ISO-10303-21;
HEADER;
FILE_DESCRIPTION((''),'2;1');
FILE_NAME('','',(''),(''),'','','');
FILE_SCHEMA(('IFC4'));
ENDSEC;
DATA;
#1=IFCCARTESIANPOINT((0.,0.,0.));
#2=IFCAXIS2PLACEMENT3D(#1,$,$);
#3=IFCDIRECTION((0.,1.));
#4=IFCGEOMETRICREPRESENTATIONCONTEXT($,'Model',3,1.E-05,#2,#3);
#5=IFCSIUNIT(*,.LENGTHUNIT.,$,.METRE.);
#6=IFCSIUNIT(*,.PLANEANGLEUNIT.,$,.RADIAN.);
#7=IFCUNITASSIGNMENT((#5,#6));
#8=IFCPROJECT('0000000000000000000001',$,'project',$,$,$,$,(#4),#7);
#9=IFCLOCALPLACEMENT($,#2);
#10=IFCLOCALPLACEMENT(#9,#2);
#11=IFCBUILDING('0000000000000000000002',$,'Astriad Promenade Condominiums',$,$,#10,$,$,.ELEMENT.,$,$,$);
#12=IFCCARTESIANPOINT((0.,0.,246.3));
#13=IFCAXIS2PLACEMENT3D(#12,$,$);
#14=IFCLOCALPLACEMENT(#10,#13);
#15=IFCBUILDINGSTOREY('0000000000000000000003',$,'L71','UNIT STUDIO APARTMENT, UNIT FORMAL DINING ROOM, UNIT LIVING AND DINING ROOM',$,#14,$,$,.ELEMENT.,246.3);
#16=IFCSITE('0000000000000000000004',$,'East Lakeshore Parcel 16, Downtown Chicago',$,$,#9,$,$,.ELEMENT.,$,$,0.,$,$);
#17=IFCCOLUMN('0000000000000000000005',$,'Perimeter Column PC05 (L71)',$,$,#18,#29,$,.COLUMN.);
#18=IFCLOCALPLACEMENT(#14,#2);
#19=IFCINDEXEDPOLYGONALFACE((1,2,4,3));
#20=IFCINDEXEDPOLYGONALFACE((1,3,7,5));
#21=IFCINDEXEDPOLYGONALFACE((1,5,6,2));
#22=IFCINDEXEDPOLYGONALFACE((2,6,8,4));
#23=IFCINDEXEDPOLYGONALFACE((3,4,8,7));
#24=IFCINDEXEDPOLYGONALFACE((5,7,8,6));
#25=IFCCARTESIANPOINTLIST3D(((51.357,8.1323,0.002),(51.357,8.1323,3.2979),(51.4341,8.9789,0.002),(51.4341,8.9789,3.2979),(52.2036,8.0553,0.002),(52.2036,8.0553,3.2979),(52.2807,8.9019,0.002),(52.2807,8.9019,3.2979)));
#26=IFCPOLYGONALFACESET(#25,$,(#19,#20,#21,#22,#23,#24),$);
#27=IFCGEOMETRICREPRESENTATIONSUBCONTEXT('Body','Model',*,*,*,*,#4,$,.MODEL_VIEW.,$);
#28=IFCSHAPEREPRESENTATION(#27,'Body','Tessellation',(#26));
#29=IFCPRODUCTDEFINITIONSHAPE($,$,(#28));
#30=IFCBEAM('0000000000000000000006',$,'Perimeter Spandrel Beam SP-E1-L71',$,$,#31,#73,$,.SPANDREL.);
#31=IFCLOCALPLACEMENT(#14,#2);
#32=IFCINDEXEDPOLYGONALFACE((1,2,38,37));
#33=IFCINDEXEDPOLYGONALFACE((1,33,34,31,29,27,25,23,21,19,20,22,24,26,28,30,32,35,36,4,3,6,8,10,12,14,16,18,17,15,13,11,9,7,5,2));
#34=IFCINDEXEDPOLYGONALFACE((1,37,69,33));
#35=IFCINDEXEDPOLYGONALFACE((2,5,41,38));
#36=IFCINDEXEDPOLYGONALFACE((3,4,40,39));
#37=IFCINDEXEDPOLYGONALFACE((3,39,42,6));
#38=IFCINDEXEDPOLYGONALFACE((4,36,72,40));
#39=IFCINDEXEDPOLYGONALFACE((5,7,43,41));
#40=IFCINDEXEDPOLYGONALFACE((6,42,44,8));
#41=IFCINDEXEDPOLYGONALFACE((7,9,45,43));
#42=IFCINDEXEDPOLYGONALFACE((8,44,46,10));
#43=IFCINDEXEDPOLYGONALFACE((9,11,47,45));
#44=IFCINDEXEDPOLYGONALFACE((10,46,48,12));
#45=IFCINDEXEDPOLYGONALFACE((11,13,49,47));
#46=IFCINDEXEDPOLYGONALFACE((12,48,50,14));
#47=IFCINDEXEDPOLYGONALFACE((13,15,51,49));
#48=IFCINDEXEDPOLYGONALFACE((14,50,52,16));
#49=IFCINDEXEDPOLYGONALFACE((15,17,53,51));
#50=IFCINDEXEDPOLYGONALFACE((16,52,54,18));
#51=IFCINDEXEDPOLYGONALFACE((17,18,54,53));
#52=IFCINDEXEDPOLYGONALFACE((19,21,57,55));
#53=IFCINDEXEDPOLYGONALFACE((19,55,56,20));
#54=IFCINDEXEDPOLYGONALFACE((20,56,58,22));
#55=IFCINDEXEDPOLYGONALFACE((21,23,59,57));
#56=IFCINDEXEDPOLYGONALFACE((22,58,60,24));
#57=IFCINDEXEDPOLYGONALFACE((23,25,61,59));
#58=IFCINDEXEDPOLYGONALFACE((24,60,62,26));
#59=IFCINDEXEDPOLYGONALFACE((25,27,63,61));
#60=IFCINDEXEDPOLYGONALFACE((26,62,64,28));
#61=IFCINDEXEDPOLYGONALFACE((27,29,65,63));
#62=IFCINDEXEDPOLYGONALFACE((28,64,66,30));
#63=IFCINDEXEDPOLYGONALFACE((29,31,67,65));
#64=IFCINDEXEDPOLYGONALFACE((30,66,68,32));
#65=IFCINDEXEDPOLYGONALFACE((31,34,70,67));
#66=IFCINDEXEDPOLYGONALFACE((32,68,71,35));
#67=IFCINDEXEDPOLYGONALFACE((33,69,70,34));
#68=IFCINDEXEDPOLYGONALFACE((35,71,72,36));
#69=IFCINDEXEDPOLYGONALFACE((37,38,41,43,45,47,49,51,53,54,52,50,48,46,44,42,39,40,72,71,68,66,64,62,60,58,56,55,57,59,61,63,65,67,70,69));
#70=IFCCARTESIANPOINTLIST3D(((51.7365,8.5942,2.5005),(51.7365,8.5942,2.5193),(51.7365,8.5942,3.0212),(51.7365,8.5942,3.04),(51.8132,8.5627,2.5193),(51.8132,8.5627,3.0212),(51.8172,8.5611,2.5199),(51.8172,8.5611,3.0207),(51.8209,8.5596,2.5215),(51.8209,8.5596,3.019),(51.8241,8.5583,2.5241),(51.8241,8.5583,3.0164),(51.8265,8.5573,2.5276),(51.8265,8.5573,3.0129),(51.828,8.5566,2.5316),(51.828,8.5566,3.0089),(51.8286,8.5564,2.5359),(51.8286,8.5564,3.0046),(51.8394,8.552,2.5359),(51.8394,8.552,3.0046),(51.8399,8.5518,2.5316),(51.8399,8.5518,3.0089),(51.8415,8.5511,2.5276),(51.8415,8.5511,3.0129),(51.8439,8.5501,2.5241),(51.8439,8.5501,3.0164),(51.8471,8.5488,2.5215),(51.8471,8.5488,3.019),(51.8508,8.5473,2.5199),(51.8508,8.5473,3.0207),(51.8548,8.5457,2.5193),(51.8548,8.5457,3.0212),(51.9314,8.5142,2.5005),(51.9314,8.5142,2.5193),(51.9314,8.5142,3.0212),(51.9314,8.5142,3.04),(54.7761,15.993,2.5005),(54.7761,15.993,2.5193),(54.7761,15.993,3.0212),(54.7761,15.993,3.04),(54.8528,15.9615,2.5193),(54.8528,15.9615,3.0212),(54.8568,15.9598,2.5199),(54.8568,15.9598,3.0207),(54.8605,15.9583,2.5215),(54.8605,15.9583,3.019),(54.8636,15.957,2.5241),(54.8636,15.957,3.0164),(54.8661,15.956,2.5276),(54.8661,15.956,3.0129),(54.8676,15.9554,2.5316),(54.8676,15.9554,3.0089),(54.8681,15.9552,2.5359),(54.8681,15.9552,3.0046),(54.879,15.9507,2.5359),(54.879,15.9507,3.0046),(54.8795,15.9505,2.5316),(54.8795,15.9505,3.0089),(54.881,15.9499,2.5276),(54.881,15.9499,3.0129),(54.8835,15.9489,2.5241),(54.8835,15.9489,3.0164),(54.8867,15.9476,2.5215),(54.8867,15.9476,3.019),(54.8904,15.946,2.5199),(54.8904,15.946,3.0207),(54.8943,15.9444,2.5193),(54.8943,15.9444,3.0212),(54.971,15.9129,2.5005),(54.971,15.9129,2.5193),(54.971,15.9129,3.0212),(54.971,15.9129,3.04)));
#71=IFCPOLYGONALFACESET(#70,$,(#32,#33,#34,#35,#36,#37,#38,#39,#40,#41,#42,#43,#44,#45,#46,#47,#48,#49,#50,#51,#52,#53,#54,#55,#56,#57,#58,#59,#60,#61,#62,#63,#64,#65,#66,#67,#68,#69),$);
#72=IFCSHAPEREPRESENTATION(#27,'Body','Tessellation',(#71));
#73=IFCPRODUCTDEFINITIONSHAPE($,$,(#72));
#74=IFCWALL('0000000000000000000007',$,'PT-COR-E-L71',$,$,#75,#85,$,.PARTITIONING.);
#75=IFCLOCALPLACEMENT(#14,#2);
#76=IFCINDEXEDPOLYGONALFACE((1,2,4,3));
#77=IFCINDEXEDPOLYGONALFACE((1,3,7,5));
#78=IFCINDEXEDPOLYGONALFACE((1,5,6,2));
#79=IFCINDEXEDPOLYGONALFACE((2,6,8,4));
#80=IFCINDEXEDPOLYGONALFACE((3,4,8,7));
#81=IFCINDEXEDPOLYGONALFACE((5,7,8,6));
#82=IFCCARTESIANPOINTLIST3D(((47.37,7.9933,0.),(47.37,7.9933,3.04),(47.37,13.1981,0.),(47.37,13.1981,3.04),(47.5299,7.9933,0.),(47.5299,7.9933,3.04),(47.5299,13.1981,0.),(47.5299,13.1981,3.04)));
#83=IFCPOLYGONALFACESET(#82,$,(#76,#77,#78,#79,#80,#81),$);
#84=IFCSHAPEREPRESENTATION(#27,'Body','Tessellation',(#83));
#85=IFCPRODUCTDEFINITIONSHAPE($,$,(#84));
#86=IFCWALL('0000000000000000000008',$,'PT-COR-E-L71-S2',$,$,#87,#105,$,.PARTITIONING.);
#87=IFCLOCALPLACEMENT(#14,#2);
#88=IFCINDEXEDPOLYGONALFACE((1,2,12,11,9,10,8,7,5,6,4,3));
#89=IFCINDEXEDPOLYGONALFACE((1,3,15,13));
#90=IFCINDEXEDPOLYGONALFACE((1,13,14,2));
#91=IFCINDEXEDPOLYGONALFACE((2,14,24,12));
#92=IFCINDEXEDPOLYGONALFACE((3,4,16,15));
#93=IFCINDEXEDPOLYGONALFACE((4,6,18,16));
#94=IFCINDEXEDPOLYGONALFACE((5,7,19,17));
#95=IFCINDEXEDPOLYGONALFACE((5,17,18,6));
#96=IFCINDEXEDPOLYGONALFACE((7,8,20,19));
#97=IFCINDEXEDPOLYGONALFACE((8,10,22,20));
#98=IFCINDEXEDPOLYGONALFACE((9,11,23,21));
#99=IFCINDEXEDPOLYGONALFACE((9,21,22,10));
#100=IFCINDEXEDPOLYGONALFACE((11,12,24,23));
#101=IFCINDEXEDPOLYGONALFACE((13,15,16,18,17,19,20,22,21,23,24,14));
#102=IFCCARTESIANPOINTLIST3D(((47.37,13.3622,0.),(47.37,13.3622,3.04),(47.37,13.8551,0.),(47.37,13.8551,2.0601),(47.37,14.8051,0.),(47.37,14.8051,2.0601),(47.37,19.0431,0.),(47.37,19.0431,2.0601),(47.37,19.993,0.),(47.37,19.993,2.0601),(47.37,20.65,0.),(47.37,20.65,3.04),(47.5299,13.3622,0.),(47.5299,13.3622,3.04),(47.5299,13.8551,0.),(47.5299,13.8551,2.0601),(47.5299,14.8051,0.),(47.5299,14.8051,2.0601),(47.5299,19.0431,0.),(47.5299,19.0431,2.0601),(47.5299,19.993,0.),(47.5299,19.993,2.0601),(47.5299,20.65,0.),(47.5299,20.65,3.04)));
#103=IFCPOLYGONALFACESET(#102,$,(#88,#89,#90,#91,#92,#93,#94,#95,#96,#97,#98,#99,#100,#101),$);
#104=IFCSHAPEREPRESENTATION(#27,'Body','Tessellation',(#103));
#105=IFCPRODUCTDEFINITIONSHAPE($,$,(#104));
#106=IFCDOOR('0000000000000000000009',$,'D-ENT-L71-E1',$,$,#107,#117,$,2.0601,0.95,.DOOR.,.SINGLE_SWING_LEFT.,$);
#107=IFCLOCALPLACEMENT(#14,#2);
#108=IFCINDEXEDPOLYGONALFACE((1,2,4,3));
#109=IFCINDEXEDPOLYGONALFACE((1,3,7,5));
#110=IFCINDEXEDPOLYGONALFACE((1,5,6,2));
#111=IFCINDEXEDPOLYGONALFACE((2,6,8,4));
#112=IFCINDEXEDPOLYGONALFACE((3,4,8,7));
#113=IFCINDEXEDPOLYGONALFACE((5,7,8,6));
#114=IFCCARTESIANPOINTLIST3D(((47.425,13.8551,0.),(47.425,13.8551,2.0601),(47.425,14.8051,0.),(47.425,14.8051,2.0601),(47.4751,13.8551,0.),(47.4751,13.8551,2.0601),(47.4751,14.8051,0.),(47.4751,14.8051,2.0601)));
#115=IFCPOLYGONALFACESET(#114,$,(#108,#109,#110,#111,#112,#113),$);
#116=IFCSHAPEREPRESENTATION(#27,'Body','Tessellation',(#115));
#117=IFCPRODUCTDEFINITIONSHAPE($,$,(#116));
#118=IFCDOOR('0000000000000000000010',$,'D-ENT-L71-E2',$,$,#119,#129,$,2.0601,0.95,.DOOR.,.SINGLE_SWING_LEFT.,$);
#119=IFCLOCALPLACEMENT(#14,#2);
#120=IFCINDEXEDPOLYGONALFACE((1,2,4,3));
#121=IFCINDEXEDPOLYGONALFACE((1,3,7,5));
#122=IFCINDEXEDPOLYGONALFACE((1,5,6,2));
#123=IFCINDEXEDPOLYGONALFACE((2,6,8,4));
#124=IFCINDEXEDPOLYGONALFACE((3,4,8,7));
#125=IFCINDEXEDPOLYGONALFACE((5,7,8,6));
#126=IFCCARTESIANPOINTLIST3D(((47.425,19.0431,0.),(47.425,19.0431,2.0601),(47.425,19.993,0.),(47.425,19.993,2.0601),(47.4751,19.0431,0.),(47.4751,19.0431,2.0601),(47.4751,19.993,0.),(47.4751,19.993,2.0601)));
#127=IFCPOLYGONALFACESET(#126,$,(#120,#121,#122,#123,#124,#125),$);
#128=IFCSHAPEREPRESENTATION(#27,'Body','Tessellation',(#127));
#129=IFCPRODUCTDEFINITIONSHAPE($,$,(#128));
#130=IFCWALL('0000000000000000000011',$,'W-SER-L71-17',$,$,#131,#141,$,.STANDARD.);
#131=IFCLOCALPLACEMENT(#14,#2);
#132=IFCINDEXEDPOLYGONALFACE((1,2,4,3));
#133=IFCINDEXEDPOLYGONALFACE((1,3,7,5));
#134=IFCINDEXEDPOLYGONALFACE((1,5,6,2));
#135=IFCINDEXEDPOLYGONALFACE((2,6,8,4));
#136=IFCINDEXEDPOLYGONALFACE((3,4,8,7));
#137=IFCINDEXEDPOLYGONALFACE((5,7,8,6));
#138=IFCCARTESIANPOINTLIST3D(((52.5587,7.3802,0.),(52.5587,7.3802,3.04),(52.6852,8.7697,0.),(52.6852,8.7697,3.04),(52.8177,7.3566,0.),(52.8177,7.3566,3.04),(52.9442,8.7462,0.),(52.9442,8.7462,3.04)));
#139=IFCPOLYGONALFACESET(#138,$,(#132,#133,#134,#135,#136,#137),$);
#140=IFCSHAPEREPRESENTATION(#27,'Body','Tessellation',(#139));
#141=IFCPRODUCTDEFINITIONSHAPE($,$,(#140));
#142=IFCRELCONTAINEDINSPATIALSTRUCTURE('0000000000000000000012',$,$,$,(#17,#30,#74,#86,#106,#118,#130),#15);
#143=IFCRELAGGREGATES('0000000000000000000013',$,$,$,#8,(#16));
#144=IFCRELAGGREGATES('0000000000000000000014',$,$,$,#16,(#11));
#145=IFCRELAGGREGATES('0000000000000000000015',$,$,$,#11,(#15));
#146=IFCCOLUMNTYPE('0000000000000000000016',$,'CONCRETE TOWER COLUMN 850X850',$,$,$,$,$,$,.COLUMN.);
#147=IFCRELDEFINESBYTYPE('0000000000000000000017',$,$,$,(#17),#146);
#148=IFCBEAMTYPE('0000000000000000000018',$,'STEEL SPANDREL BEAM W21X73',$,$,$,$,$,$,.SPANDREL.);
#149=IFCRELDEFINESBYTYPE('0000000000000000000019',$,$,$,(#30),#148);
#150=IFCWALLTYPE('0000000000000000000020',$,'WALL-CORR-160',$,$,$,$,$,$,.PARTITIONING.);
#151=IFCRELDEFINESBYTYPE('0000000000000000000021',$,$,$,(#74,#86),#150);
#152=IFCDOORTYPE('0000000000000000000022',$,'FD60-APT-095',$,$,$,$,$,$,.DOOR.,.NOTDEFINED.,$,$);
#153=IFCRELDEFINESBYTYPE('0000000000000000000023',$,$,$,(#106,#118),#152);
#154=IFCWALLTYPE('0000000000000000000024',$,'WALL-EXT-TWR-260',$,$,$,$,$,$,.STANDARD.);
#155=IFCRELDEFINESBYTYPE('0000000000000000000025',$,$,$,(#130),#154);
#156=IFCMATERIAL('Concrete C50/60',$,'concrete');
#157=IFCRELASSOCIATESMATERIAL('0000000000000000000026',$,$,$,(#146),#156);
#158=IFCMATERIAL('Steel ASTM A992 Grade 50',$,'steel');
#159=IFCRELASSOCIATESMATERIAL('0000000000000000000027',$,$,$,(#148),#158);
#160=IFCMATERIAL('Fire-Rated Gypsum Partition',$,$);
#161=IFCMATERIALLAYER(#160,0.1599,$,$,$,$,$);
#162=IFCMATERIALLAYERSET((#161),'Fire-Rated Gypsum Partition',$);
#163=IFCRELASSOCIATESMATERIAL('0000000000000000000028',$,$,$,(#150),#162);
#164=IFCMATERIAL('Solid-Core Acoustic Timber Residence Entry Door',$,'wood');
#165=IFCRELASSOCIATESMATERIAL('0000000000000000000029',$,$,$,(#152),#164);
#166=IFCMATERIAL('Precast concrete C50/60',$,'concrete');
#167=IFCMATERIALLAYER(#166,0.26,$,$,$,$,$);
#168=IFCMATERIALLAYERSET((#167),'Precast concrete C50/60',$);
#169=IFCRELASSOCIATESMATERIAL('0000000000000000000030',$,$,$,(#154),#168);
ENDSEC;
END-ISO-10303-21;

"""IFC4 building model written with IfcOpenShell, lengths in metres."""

from ifc_helpers import new_model, si_unit, direction, frame, frame_2d, origin, origin_2d, place, context, subcontext, project, spatial, rectangle, i_section, extrude, source, transform, mapped, material, layer, layer_set, material_profile, profile_set, type_object, type_shapes, element, fill, save


model = new_model("IFC4")

# Units and contexts
model_context = context("Model", 3, precision=1e-05, world=origin(), true_north=direction((0.0, 1.0)))
body_context = subcontext(model_context, "Body", "Model", "MODEL_VIEW")
ifc_project = project(units=[si_unit("LENGTHUNIT", "METRE"), si_unit("PLANEANGLEUNIT", "RADIAN")], contexts=[model_context])

# Site, building, storey
site_placement = place(None, origin())
site = spatial("IfcSite", under=ifc_project, at=site_placement, Name="East Lakeshore Parcel 16, Downtown Chicago", CompositionType="ELEMENT", RefElevation=0.0)
building_placement = place(site_placement, origin())
building = spatial("IfcBuilding", under=site, at=building_placement, Name="Astriad Promenade Condominiums", CompositionType="ELEMENT")
storey_placement = place(building_placement, frame((0.0, 0.0, 246.3)))
storey = spatial("IfcBuildingStorey", under=building, at=storey_placement, Name="L71", Description="UNIT STUDIO APARTMENT, UNIT FORMAL DINING ROOM, UNIT LIVING AND DINING ROOM", CompositionType="ELEMENT", Elevation=246.3)

# Column
ifc_material_1 = material(Name="Concrete C50/60", Category="concrete")
ifc_material_profile_1 = material_profile(ifc_material_1, rectangle(XDim=0.8501, YDim=0.8501, at=origin_2d()), Name="RC-COL-850X850")
ifc_profile_set_1 = profile_set([ifc_material_profile_1], Name="Concrete C50/60")
column_type = type_object("IfcColumnType", Name="CONCRETE TOWER COLUMN 850X850", PredefinedType="COLUMN", material=ifc_profile_set_1)
shared_shape_1 = source(origin(), body_context, "Body", "SweptSolid", [
    extrude(rectangle(XDim=0.8501, YDim=0.8501, at=origin_2d()), origin(), (0.0, 0.0, 1.0), 3.2959),
])
type_shapes(column_type, [shared_shape_1])
column_placement = place(storey_placement, frame((51.8188, 8.5171, 0.002), z_axis=(0.0, 0.0, 1.0), x_axis=(0.995884, -0.090633, 0.0)))
element("IfcColumn", 1, at=column_placement, inside=storey, type_object=column_type, Name="Perimeter Column PC05 (L71)", PredefinedType="COLUMN", context=body_context, shape_type="MappedRepresentation", body=[
    mapped(shared_shape_1, transform((0.0, 0.0, 0.0), scale=1.0)),
])

# Beam
ifc_material_2 = material(Name="Steel ASTM A992 Grade 50", Category="steel")
ifc_material_profile_2 = material_profile(ifc_material_2, i_section(OverallWidth=0.2107, OverallDepth=0.5396, WebThickness=0.0117, FlangeThickness=0.0188, FilletRadius=0.0166, at=origin_2d()), Name="W21X73")
ifc_profile_set_2 = profile_set([ifc_material_profile_2], Name="Steel ASTM A992 Grade 50")
beam_type = type_object("IfcBeamType", Name="STEEL SPANDREL BEAM W21X73", PredefinedType="SPANDREL", material=ifc_profile_set_2)
shared_shape_2 = source(origin(), body_context, "Body", "SweptSolid", [
    extrude(i_section(OverallWidth=0.2107, OverallDepth=0.5396, WebThickness=0.0117, FlangeThickness=0.0188, FilletRadius=0.0166, at=origin_2d()), origin(), (0.0, 0.0, 1.0), 7.9988),
])
type_shapes(beam_type, [shared_shape_2])
beam_placement = place(storey_placement, frame((51.834, 8.5542, 2.7703), z_axis=(0.380005, 0.924984, 0.0), x_axis=(-0.924984, 0.380005, 0.0)))
element("IfcBeam", 2, at=beam_placement, inside=storey, type_object=beam_type, Name="Perimeter Spandrel Beam SP-E1-L71", PredefinedType="SPANDREL", context=body_context, shape_type="MappedRepresentation", body=[
    mapped(shared_shape_2, transform((0.0, 0.0, 0.0), scale=1.0)),
])

# Wall
ifc_material_3 = material(Name="Fire-Rated Gypsum Partition")
ifc_layer_1 = layer(ifc_material_3, 0.1599)
ifc_layer_set_1 = layer_set([ifc_layer_1], Name="Fire-Rated Gypsum Partition")
wall_type_1 = type_object("IfcWallType", Name="WALL-CORR-160", PredefinedType="PARTITIONING", material=ifc_layer_set_1)
wall_1_placement = place(storey_placement, frame((47.45, 7.9932, 0.0), z_axis=(0.0, 0.0, 1.0), x_axis=(0.0, 1.0, 0.0)))
element("IfcWall", 3, at=wall_1_placement, inside=storey, type_object=wall_type_1, Name="PT-COR-E-L71", PredefinedType="PARTITIONING", context=body_context, shape_type="SweptSolid", body=[
    extrude(rectangle(XDim=5.2048, YDim=0.1599, at=frame_2d((2.6025, 0.0))), origin(), (0.0, 0.0, 1.0), 3.04),
])

# Wall, openings, doors
wall_2_placement = place(storey_placement, frame((47.45, 13.3621, 0.0), z_axis=(0.0, 0.0, 1.0), x_axis=(0.0, 1.0, 0.0)))
wall_2 = element("IfcWall", 4, at=wall_2_placement, inside=storey, type_object=wall_type_1, Name="PT-COR-E-L71-S2", PredefinedType="PARTITIONING", context=body_context, shape_type="SweptSolid", body=[
    extrude(rectangle(XDim=7.2878, YDim=0.1599, at=frame_2d((3.644, 0.0))), origin(), (0.0, 0.0, 1.0), 3.04),
])
opening_1_placement = place(wall_2_placement, frame((0.4929, 0.0, 0.0)))
opening_1 = element("IfcOpeningElement", 5, at=opening_1_placement, cuts=wall_2, PredefinedType="OPENING", context=body_context, shape_type="SweptSolid", body=[
    extrude(rectangle(XDim=0.95, YDim=2.0601, at=frame_2d((0.4751, 1.03))), frame((0.0, 0.0898, 0.0), z_axis=(0.0, -1.0, 0.0), x_axis=(1.0, 0.0, 0.0)), (0.0, 0.0, 1.0), 0.1799),
])
opening_2_placement = place(wall_2_placement, frame((5.6809, 0.0, 0.0)))
opening_2 = element("IfcOpeningElement", 6, at=opening_2_placement, cuts=wall_2, PredefinedType="OPENING", context=body_context, shape_type="SweptSolid", body=[
    extrude(rectangle(XDim=0.95, YDim=2.0601, at=frame_2d((0.4751, 1.03))), frame((0.0, 0.0898, 0.0), z_axis=(0.0, -1.0, 0.0), x_axis=(1.0, 0.0, 0.0)), (0.0, 0.0, 1.0), 0.1799),
])
ifc_material_4 = material(Name="Solid-Core Acoustic Timber Residence Entry Door", Category="wood")
door_type_1 = type_object("IfcDoorType", Name="FD60-APT-095", OperationType="NOTDEFINED", PredefinedType="DOOR", material=ifc_material_4)
shared_shape_3 = source(origin(), body_context, "Body", "SweptSolid", [
    extrude(rectangle(XDim=0.95, YDim=2.0601, at=frame_2d((0.4751, 1.03))), frame((0.0, 0.0249, 0.0), z_axis=(0.0, -1.0, 0.0), x_axis=(1.0, 0.0, 0.0)), (0.0, 0.0, 1.0), 0.05),
])
type_shapes(door_type_1, [shared_shape_3])
door_1_placement = place(opening_1_placement, origin())
door_1 = element("IfcDoor", 7, at=door_1_placement, inside=storey, type_object=door_type_1, Name="D-ENT-L71-E1", OperationType="SINGLE_SWING_LEFT", OverallHeight=2.0601, OverallWidth=0.95, PredefinedType="DOOR", context=body_context, shape_type="MappedRepresentation", body=[
    mapped(shared_shape_3, transform((0.0, 0.0, 0.0), scale=1.0)),
])
fill(opening_1, door_1)
door_2_placement = place(opening_2_placement, origin())
door_2 = element("IfcDoor", 8, at=door_2_placement, inside=storey, type_object=door_type_1, Name="D-ENT-L71-E2", OperationType="SINGLE_SWING_LEFT", OverallHeight=2.0601, OverallWidth=0.95, PredefinedType="DOOR", context=body_context, shape_type="MappedRepresentation", body=[
    mapped(shared_shape_3, transform((0.0, 0.0, 0.0), scale=1.0)),
])
fill(opening_2, door_2)

# Wall
ifc_material_5 = material(Name="Precast concrete C50/60", Category="concrete")
ifc_layer_2 = layer(ifc_material_5, 0.26)
ifc_layer_set_2 = layer_set([ifc_layer_2], Name="Precast concrete C50/60")
wall_type_2 = type_object("IfcWallType", Name="WALL-EXT-TWR-260", PredefinedType="STANDARD", material=ifc_layer_set_2)
wall_3_placement = place(storey_placement, frame((52.8147, 8.7581, 0.0), z_axis=(0.0, 0.0, 1.0), x_axis=(-0.090646, -0.995883, 0.0)))
element("IfcWall", 9, at=wall_3_placement, inside=storey, type_object=wall_type_2, Name="W-SER-L71-17", PredefinedType="STANDARD", context=body_context, shape_type="SweptSolid", body=[
    extrude(rectangle(XDim=1.3953, YDim=0.26, at=frame_2d((0.6978, 0.0))), origin(), (0.0, 0.0, 1.0), 3.04),
])

save(model, "model.ifc")
